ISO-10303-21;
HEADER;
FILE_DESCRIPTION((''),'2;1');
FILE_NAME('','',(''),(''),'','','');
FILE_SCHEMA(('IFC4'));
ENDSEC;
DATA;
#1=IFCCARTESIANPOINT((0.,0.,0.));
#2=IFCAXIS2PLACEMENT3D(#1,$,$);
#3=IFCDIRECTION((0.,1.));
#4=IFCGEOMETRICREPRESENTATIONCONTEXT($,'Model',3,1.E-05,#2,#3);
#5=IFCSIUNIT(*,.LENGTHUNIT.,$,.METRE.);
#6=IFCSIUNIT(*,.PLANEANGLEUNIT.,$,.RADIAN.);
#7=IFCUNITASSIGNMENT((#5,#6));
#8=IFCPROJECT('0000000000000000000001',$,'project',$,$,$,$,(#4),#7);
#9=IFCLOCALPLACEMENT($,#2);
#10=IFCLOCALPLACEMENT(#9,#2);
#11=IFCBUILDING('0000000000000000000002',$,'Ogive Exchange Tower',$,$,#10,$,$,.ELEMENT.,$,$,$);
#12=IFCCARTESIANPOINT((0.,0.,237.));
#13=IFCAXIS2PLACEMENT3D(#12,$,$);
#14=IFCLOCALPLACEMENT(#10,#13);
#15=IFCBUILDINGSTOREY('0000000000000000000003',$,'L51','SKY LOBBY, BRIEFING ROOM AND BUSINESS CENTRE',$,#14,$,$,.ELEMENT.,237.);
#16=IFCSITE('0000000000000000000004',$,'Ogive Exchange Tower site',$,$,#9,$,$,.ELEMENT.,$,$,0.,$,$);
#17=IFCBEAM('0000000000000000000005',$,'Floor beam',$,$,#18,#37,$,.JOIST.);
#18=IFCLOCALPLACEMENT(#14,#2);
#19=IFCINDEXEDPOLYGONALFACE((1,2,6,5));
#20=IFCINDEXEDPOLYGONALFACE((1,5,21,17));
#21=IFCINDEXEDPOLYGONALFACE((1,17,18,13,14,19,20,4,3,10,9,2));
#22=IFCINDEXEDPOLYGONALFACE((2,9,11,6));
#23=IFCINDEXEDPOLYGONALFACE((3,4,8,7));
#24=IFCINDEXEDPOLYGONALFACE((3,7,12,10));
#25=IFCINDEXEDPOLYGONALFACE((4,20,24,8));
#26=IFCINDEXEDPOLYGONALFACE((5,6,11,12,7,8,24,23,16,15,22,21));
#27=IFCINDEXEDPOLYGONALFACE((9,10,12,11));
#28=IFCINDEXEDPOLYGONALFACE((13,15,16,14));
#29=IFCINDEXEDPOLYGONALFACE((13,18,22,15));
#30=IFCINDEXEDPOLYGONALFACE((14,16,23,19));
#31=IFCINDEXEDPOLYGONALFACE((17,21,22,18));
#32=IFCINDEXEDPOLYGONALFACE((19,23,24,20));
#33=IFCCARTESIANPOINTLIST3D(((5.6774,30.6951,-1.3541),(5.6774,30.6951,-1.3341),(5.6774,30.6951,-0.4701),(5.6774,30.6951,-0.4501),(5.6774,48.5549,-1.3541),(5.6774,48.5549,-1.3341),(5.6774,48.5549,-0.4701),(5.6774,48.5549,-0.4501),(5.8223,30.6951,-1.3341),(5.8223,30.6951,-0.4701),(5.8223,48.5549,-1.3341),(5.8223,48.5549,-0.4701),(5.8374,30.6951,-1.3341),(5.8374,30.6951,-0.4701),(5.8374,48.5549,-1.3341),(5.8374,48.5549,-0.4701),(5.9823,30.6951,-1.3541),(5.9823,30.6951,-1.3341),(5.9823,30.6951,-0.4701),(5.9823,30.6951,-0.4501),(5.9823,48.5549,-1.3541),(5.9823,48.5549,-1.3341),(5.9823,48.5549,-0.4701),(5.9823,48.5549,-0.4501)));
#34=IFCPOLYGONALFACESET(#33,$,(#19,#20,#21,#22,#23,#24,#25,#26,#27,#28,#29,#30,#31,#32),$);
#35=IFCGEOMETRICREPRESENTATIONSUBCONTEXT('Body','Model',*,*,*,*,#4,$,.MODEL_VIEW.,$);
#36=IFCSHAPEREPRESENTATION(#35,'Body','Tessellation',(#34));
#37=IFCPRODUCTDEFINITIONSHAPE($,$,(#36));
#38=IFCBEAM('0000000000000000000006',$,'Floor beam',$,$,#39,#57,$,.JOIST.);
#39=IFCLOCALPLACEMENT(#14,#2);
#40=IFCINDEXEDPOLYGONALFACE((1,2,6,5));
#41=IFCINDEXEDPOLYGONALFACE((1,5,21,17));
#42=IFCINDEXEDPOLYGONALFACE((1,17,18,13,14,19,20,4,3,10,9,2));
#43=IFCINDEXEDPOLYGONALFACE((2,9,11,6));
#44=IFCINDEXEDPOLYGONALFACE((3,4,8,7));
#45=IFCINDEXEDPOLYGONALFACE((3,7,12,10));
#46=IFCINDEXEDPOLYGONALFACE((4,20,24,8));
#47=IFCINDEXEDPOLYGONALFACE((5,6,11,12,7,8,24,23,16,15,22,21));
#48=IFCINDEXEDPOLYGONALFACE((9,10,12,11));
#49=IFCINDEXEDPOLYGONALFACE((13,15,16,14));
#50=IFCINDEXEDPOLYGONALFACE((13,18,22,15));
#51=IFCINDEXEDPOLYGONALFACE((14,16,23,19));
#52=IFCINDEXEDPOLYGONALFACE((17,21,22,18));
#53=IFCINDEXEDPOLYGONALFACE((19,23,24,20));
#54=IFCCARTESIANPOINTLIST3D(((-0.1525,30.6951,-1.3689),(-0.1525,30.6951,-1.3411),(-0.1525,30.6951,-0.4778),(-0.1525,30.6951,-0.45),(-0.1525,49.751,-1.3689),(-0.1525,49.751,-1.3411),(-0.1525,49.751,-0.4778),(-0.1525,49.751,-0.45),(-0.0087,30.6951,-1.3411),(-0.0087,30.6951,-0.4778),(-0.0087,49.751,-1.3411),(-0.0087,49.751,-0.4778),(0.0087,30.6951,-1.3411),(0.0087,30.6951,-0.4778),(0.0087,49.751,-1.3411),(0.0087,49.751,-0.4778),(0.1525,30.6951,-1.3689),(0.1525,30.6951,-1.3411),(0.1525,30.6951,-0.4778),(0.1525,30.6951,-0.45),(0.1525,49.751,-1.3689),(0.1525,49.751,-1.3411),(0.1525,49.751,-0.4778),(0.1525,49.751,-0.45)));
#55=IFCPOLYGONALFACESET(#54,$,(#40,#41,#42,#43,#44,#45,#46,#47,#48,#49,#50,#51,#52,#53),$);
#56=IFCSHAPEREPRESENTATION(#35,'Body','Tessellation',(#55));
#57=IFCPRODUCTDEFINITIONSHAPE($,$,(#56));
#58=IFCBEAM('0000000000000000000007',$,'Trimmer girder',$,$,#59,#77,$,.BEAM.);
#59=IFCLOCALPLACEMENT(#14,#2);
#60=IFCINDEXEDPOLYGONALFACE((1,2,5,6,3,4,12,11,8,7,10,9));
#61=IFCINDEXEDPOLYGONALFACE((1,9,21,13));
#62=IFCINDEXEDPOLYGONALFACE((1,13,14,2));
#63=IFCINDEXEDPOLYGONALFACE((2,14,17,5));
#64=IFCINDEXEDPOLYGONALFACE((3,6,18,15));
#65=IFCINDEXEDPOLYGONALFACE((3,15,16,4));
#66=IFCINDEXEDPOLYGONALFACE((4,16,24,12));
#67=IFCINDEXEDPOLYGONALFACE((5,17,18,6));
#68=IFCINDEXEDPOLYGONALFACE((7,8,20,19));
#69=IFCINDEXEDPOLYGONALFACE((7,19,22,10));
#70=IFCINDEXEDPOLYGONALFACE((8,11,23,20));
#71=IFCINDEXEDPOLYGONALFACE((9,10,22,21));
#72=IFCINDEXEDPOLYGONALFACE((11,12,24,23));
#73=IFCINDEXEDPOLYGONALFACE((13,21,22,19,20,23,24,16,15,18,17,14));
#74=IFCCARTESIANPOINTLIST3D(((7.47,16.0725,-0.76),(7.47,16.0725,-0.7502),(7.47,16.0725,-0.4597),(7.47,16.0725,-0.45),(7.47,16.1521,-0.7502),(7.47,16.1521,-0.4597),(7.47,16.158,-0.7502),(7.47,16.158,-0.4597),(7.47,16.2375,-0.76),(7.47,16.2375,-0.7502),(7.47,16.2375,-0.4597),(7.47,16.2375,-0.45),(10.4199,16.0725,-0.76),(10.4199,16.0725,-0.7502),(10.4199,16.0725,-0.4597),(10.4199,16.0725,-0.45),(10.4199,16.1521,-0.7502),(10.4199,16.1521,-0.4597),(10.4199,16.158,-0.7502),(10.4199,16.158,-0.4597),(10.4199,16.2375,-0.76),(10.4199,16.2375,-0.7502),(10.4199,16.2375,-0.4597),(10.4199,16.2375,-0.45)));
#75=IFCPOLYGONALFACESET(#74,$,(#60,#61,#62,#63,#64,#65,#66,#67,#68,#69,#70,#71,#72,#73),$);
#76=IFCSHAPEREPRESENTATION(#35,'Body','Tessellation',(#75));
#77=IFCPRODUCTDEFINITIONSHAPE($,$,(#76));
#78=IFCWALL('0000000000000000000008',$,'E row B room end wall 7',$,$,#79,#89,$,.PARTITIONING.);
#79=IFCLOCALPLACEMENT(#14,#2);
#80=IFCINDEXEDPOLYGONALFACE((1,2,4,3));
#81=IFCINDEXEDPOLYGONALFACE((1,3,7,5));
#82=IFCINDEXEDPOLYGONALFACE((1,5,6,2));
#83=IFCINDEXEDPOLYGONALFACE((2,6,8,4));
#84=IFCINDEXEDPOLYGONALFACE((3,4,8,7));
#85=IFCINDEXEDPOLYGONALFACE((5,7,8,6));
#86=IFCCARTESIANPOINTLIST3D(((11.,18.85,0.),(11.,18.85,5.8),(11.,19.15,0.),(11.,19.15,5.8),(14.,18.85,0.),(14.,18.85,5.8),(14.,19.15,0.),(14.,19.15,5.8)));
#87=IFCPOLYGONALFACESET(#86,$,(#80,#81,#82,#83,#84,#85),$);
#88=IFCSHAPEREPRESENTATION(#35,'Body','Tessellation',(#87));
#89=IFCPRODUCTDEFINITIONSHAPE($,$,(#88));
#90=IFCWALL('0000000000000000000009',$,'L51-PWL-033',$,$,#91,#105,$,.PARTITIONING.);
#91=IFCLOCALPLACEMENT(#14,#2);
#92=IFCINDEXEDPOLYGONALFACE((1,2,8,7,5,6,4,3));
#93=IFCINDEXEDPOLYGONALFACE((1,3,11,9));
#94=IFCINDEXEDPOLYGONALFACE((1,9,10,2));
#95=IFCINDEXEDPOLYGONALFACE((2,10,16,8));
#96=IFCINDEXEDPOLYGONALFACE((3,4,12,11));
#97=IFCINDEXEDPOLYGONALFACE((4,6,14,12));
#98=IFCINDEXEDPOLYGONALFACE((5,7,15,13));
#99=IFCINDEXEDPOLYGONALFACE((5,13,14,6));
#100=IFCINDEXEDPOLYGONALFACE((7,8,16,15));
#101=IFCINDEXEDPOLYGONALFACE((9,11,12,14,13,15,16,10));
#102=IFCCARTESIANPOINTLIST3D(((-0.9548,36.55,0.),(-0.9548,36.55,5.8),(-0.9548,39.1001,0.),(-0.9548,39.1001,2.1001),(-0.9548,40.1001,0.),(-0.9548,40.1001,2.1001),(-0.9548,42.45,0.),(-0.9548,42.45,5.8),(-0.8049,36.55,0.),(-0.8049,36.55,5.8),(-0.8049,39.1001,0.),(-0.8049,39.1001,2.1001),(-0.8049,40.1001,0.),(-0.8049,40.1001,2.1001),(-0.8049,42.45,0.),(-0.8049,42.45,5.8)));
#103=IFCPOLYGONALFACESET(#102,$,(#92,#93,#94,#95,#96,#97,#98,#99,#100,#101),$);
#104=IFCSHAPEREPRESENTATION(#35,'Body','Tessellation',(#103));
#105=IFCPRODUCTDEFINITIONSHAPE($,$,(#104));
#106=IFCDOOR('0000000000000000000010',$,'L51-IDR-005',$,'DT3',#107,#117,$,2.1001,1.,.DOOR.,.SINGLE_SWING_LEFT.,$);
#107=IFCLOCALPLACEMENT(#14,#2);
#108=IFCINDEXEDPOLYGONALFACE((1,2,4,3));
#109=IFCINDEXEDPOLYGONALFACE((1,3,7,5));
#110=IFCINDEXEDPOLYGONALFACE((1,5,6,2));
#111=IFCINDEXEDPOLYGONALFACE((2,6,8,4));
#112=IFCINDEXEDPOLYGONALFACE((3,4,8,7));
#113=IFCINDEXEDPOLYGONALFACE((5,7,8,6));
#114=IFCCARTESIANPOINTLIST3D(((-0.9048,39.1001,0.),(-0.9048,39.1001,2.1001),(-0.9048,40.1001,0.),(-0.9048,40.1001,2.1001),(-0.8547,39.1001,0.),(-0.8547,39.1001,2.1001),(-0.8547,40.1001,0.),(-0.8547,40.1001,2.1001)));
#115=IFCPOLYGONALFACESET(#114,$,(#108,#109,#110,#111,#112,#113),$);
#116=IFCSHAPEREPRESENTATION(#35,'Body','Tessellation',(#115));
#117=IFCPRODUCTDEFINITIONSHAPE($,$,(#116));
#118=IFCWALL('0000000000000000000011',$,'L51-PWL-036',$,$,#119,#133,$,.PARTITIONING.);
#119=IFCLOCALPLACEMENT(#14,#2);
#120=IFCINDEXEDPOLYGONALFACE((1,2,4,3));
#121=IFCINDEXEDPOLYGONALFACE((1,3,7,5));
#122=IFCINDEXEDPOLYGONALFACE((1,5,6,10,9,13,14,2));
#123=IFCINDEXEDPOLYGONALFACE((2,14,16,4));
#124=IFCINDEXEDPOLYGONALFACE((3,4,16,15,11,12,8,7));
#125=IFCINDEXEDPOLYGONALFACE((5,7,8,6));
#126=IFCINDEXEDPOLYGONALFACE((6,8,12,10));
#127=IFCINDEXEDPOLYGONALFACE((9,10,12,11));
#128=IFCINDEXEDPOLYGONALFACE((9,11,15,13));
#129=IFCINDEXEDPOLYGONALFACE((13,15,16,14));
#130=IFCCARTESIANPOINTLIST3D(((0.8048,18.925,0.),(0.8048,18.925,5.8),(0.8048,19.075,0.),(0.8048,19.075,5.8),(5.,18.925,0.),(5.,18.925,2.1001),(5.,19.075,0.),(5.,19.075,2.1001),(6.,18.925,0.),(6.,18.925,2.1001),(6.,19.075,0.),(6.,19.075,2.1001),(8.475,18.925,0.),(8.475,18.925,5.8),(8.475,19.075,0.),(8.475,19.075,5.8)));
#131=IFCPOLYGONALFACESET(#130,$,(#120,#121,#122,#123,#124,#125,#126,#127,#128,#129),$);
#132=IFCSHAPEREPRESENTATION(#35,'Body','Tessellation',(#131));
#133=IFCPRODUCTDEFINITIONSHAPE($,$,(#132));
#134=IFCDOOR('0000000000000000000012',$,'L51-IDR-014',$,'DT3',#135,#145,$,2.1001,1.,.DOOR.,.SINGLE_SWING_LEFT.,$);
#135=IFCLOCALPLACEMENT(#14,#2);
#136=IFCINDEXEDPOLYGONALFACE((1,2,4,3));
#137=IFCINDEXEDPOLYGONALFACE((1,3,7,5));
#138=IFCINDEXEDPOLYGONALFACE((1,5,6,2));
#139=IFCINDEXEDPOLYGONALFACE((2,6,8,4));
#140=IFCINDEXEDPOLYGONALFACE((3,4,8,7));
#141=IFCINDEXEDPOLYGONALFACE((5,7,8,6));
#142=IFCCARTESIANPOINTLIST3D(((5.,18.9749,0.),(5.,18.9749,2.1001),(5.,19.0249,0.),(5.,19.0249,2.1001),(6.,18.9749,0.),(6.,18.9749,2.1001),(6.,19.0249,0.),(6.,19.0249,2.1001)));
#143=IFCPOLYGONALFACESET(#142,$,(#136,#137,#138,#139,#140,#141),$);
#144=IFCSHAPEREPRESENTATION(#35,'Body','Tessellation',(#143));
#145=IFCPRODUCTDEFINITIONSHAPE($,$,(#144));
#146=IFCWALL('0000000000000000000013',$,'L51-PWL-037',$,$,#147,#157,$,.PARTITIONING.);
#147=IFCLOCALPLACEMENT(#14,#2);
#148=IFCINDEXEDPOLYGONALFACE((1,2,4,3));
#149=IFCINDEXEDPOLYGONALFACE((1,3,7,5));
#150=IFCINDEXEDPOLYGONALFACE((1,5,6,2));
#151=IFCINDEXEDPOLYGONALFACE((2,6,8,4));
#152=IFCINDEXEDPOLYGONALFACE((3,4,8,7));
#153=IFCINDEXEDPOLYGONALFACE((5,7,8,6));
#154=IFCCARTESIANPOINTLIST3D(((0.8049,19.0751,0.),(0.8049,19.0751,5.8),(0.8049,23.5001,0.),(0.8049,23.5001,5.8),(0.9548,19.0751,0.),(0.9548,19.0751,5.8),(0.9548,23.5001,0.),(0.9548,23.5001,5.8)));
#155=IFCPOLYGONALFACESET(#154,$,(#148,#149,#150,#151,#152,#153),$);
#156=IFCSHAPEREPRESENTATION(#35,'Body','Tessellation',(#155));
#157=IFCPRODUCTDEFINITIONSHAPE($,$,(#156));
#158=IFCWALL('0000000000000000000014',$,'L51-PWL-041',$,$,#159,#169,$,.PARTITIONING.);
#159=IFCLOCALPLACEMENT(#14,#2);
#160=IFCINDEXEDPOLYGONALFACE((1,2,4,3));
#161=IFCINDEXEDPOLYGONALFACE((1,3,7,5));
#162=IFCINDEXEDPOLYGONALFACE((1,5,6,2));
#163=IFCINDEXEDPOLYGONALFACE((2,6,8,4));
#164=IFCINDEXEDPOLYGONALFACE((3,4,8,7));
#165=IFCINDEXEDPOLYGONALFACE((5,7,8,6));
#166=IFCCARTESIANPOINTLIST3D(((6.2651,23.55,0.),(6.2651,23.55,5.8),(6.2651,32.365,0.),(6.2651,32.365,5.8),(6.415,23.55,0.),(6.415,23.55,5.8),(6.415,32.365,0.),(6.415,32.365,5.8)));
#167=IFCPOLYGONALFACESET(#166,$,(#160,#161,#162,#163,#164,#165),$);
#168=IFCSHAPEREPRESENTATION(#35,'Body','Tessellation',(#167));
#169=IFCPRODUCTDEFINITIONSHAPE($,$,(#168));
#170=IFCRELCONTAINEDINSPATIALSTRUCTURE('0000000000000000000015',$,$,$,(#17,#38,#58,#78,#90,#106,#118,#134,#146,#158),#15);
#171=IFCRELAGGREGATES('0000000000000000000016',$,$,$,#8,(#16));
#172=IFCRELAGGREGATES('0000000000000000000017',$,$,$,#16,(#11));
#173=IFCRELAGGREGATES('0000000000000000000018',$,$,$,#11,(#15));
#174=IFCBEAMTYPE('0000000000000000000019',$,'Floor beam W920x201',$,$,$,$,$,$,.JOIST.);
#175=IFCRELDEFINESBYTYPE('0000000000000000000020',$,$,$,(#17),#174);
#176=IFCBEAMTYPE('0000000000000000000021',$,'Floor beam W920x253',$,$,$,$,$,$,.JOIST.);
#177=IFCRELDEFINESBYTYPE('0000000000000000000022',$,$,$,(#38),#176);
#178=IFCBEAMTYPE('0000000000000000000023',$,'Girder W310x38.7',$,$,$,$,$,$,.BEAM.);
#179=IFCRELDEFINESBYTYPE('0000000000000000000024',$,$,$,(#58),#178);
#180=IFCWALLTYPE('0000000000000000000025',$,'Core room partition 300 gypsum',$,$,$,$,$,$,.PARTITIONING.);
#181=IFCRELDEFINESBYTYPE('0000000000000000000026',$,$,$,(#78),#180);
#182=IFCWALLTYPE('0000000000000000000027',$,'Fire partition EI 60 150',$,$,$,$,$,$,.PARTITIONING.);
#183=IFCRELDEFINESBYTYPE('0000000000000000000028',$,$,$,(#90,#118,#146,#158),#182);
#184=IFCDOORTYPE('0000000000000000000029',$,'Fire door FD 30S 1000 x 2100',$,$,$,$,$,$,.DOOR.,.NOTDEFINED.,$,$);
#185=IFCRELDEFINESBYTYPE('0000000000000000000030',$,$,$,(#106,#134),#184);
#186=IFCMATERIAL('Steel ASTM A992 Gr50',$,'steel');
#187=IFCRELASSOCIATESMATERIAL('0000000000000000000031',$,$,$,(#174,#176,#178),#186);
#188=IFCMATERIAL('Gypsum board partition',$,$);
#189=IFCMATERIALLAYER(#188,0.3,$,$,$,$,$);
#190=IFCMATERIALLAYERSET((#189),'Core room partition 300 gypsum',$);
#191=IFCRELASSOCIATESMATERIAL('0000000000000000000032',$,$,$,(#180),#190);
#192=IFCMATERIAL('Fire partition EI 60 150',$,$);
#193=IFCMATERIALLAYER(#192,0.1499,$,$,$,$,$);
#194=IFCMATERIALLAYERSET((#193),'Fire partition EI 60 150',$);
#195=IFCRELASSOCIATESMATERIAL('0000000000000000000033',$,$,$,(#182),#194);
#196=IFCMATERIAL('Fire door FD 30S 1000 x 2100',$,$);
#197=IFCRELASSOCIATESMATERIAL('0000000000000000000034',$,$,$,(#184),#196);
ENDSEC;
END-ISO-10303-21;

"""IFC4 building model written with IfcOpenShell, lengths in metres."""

from ifc_helpers import new_model, si_unit, direction, frame, frame_2d, origin, origin_2d, place, context, subcontext, project, spatial, rectangle, i_section, extrude, material, layer, layer_set, material_profile, profile_set, type_object, element, fill, save


model = new_model("IFC4")

# Units and contexts
model_context = context("Model", 3, precision=1e-05, world=origin(), true_north=direction((0.0, 1.0)))
body_context = subcontext(model_context, "Body", "Model", "MODEL_VIEW")
ifc_project = project(units=[si_unit("LENGTHUNIT", "METRE"), si_unit("PLANEANGLEUNIT", "RADIAN")], contexts=[model_context])

# Site, building, storey
site_placement = place(None, origin())
site = spatial("IfcSite", under=ifc_project, at=site_placement, Name="Ogive Exchange Tower site", CompositionType="ELEMENT", RefElevation=0.0)
building_placement = place(site_placement, origin())
building = spatial("IfcBuilding", under=site, at=building_placement, Name="Ogive Exchange Tower", CompositionType="ELEMENT")
storey_placement = place(building_placement, frame((0.0, 0.0, 237.0)))
storey = spatial("IfcBuildingStorey", under=building, at=storey_placement, Name="L51", Description="SKY LOBBY, BRIEFING ROOM AND BUSINESS CENTRE", CompositionType="ELEMENT", Elevation=237.0)

# Beams
ifc_material_1 = material(Name="Steel ASTM A992 Gr50", Category="steel")
ifc_material_profile_1 = material_profile(ifc_material_1, i_section(OverallWidth=0.3049, OverallDepth=0.9041, WebThickness=0.0151, FlangeThickness=0.02, at=origin_2d()), Name="W920x201")
ifc_profile_set_1 = profile_set([ifc_material_profile_1], Name="Steel ASTM A992 Gr50")
beam_type_1 = type_object("IfcBeamType", Name="Floor beam W920x201", PredefinedType="JOIST", material=ifc_profile_set_1)
beam_1_placement = place(storey_placement, frame((5.8298, 30.6951, -0.9021), z_axis=(0.0, 1.0, 0.0), x_axis=(-1.0, 0.0, 0.0)))
element("IfcBeam", 1, at=beam_1_placement, inside=storey, type_object=beam_type_1, Name="Floor beam", PredefinedType="JOIST", context=body_context, shape_type="SweptSolid", body=[
    extrude(i_section(OverallWidth=0.3049, OverallDepth=0.9041, WebThickness=0.0151, FlangeThickness=0.02, at=origin_2d()), origin(), (0.0, 0.0, 1.0), 17.8599),
])
ifc_material_profile_2 = material_profile(ifc_material_1, i_section(OverallWidth=0.3049, OverallDepth=0.9189, WebThickness=0.0173, FlangeThickness=0.0278, at=origin_2d()), Name="W920x253")
ifc_profile_set_2 = profile_set([ifc_material_profile_2], Name="Steel ASTM A992 Gr50")
beam_type_2 = type_object("IfcBeamType", Name="Floor beam W920x253", PredefinedType="JOIST", material=ifc_profile_set_2)
beam_2_placement = place(storey_placement, frame((0.0, 30.6951, -0.9094), z_axis=(0.0, 1.0, 0.0), x_axis=(-1.0, 0.0, 0.0)))
element("IfcBeam", 2, at=beam_2_placement, inside=storey, type_object=beam_type_2, Name="Floor beam", PredefinedType="JOIST", context=body_context, shape_type="SweptSolid", body=[
    extrude(i_section(OverallWidth=0.3049, OverallDepth=0.9189, WebThickness=0.0173, FlangeThickness=0.0278, at=origin_2d()), origin(), (0.0, 0.0, 1.0), 19.0559),
])
ifc_material_profile_3 = material_profile(ifc_material_1, i_section(OverallWidth=0.165, OverallDepth=0.3101, WebThickness=0.0059, FlangeThickness=0.0098, at=origin_2d()), Name="W310x38.7")
ifc_profile_set_3 = profile_set([ifc_material_profile_3], Name="Steel ASTM A992 Gr50")
beam_type_3 = type_object("IfcBeamType", Name="Girder W310x38.7", PredefinedType="BEAM", material=ifc_profile_set_3)
beam_3_placement = place(storey_placement, frame((7.47, 16.155, -0.605), z_axis=(1.0, 0.0, 0.0), x_axis=(0.0, 1.0, 0.0)))
element("IfcBeam", 3, at=beam_3_placement, inside=storey, type_object=beam_type_3, Name="Trimmer girder", PredefinedType="BEAM", context=body_context, shape_type="SweptSolid", body=[
    extrude(i_section(OverallWidth=0.165, OverallDepth=0.3101, WebThickness=0.0059, FlangeThickness=0.0098, at=origin_2d()), origin(), (0.0, 0.0, 1.0), 2.95),
])

# Wall
ifc_material_2 = material(Name="Gypsum board partition")
ifc_layer_1 = layer(ifc_material_2, 0.3)
ifc_layer_set_1 = layer_set([ifc_layer_1], Name="Core room partition 300 gypsum")
wall_type_1 = type_object("IfcWallType", Name="Core room partition 300 gypsum", PredefinedType="PARTITIONING", material=ifc_layer_set_1)
wall_1_placement = place(storey_placement, frame((11.0, 19.0, 0.0), z_axis=(0.0, 0.0, 1.0), x_axis=(1.0, 0.0, 0.0)))
element("IfcWall", 4, at=wall_1_placement, inside=storey, type_object=wall_type_1, Name="E row B room end wall 7", PredefinedType="PARTITIONING", context=body_context, shape_type="SweptSolid", body=[
    extrude(rectangle(XDim=3.0, YDim=0.3, at=frame_2d((1.5, 0.0))), origin(), (0.0, 0.0, 1.0), 5.8),
])

# Walls, openings, doors
ifc_material_3 = material(Name="Fire partition EI 60 150")
ifc_layer_2 = layer(ifc_material_3, 0.1499)
ifc_layer_set_2 = layer_set([ifc_layer_2], Name="Fire partition EI 60 150")
wall_type_2 = type_object("IfcWallType", Name="Fire partition EI 60 150", PredefinedType="PARTITIONING", material=ifc_layer_set_2)
wall_2_placement = place(storey_placement, frame((-0.8799, 36.55, 0.0), z_axis=(0.0, 0.0, 1.0), x_axis=(0.0, 1.0, 0.0)))
wall_2 = element("IfcWall", 5, at=wall_2_placement, inside=storey, type_object=wall_type_2, Name="L51-PWL-033", PredefinedType="PARTITIONING", context=body_context, shape_type="SweptSolid", body=[
    extrude(rectangle(XDim=5.8999, YDim=0.1499, at=frame_2d((2.95, 0.0))), origin(), (0.0, 0.0, 1.0), 5.8),
])
opening_1_placement = place(wall_2_placement, frame((2.55, 0.0, 0.0)))
opening_1 = element("IfcOpeningElement", 6, at=opening_1_placement, cuts=wall_2, PredefinedType="OPENING", context=body_context, shape_type="SweptSolid", body=[
    extrude(rectangle(XDim=1.0, YDim=2.1001, at=frame_2d((0.5, 1.05))), frame((0.0, 0.085, 0.0), z_axis=(0.0, -1.0, 0.0), x_axis=(1.0, 0.0, 0.0)), (0.0, 0.0, 1.0), 0.1699),
])
ifc_material_4 = material(Name="Fire door FD 30S 1000 x 2100")
door_type_1 = type_object("IfcDoorType", Name="Fire door FD 30S 1000 x 2100", OperationType="NOTDEFINED", PredefinedType="DOOR", material=ifc_material_4)
door_1_placement = place(opening_1_placement, origin())
door_1 = element("IfcDoor", 7, at=door_1_placement, inside=storey, type_object=door_type_1, Name="L51-IDR-005", ObjectType="DT3", OperationType="SINGLE_SWING_LEFT", OverallHeight=2.1001, OverallWidth=1.0, PredefinedType="DOOR", context=body_context, shape_type="SweptSolid", body=[
    extrude(rectangle(XDim=1.0, YDim=2.1001, at=frame_2d((0.5, 1.05))), frame((0.0, 0.0249, 0.0), z_axis=(0.0, -1.0, 0.0), x_axis=(1.0, 0.0, 0.0)), (0.0, 0.0, 1.0), 0.05),
])
fill(opening_1, door_1)
wall_3_placement = place(storey_placement, frame((0.8049, 19.0, 0.0), z_axis=(0.0, 0.0, 1.0), x_axis=(1.0, 0.0, 0.0)))
wall_3 = element("IfcWall", 8, at=wall_3_placement, inside=storey, type_object=wall_type_2, Name="L51-PWL-036", PredefinedType="PARTITIONING", context=body_context, shape_type="SweptSolid", body=[
    extrude(rectangle(XDim=7.6702, YDim=0.1499, at=frame_2d((3.835, 0.0))), origin(), (0.0, 0.0, 1.0), 5.8),
])
opening_2_placement = place(wall_3_placement, frame((4.1951, 0.0, 0.0)))
opening_2 = element("IfcOpeningElement", 9, at=opening_2_placement, cuts=wall_3, PredefinedType="OPENING", context=body_context, shape_type="SweptSolid", body=[
    extrude(rectangle(XDim=1.0, YDim=2.1001, at=frame_2d((0.5, 1.05))), frame((0.0, 0.085, 0.0), z_axis=(0.0, -1.0, 0.0), x_axis=(1.0, 0.0, 0.0)), (0.0, 0.0, 1.0), 0.1699),
])
door_2_placement = place(opening_2_placement, origin())
door_2 = element("IfcDoor", 10, at=door_2_placement, inside=storey, type_object=door_type_1, Name="L51-IDR-014", ObjectType="DT3", OperationType="SINGLE_SWING_LEFT", OverallHeight=2.1001, OverallWidth=1.0, PredefinedType="DOOR", context=body_context, shape_type="SweptSolid", body=[
    extrude(rectangle(XDim=1.0, YDim=2.1001, at=frame_2d((0.5, 1.05))), frame((0.0, 0.0249, 0.0), z_axis=(0.0, -1.0, 0.0), x_axis=(1.0, 0.0, 0.0)), (0.0, 0.0, 1.0), 0.05),
])
fill(opening_2, door_2)

# Walls
wall_4_placement = place(storey_placement, frame((0.8799, 23.5, 0.0), z_axis=(0.0, 0.0, 1.0), x_axis=(0.0, -1.0, 0.0)))
element("IfcWall", 11, at=wall_4_placement, inside=storey, type_object=wall_type_2, Name="L51-PWL-037", PredefinedType="PARTITIONING", context=body_context, shape_type="SweptSolid", body=[
    extrude(rectangle(XDim=4.425, YDim=0.1499, at=frame_2d((2.2124, 0.0))), origin(), (0.0, 0.0, 1.0), 5.8),
])
wall_5_placement = place(storey_placement, frame((6.3401, 23.55, 0.0), z_axis=(0.0, 0.0, 1.0), x_axis=(0.0, 1.0, 0.0)))
element("IfcWall", 12, at=wall_5_placement, inside=storey, type_object=wall_type_2, Name="L51-PWL-041", PredefinedType="PARTITIONING", context=body_context, shape_type="SweptSolid", body=[
    extrude(rectangle(XDim=8.8149, YDim=0.1499, at=frame_2d((4.4075, 0.0))), origin(), (0.0, 0.0, 1.0), 5.8),
])

save(model, "model.ifc")
